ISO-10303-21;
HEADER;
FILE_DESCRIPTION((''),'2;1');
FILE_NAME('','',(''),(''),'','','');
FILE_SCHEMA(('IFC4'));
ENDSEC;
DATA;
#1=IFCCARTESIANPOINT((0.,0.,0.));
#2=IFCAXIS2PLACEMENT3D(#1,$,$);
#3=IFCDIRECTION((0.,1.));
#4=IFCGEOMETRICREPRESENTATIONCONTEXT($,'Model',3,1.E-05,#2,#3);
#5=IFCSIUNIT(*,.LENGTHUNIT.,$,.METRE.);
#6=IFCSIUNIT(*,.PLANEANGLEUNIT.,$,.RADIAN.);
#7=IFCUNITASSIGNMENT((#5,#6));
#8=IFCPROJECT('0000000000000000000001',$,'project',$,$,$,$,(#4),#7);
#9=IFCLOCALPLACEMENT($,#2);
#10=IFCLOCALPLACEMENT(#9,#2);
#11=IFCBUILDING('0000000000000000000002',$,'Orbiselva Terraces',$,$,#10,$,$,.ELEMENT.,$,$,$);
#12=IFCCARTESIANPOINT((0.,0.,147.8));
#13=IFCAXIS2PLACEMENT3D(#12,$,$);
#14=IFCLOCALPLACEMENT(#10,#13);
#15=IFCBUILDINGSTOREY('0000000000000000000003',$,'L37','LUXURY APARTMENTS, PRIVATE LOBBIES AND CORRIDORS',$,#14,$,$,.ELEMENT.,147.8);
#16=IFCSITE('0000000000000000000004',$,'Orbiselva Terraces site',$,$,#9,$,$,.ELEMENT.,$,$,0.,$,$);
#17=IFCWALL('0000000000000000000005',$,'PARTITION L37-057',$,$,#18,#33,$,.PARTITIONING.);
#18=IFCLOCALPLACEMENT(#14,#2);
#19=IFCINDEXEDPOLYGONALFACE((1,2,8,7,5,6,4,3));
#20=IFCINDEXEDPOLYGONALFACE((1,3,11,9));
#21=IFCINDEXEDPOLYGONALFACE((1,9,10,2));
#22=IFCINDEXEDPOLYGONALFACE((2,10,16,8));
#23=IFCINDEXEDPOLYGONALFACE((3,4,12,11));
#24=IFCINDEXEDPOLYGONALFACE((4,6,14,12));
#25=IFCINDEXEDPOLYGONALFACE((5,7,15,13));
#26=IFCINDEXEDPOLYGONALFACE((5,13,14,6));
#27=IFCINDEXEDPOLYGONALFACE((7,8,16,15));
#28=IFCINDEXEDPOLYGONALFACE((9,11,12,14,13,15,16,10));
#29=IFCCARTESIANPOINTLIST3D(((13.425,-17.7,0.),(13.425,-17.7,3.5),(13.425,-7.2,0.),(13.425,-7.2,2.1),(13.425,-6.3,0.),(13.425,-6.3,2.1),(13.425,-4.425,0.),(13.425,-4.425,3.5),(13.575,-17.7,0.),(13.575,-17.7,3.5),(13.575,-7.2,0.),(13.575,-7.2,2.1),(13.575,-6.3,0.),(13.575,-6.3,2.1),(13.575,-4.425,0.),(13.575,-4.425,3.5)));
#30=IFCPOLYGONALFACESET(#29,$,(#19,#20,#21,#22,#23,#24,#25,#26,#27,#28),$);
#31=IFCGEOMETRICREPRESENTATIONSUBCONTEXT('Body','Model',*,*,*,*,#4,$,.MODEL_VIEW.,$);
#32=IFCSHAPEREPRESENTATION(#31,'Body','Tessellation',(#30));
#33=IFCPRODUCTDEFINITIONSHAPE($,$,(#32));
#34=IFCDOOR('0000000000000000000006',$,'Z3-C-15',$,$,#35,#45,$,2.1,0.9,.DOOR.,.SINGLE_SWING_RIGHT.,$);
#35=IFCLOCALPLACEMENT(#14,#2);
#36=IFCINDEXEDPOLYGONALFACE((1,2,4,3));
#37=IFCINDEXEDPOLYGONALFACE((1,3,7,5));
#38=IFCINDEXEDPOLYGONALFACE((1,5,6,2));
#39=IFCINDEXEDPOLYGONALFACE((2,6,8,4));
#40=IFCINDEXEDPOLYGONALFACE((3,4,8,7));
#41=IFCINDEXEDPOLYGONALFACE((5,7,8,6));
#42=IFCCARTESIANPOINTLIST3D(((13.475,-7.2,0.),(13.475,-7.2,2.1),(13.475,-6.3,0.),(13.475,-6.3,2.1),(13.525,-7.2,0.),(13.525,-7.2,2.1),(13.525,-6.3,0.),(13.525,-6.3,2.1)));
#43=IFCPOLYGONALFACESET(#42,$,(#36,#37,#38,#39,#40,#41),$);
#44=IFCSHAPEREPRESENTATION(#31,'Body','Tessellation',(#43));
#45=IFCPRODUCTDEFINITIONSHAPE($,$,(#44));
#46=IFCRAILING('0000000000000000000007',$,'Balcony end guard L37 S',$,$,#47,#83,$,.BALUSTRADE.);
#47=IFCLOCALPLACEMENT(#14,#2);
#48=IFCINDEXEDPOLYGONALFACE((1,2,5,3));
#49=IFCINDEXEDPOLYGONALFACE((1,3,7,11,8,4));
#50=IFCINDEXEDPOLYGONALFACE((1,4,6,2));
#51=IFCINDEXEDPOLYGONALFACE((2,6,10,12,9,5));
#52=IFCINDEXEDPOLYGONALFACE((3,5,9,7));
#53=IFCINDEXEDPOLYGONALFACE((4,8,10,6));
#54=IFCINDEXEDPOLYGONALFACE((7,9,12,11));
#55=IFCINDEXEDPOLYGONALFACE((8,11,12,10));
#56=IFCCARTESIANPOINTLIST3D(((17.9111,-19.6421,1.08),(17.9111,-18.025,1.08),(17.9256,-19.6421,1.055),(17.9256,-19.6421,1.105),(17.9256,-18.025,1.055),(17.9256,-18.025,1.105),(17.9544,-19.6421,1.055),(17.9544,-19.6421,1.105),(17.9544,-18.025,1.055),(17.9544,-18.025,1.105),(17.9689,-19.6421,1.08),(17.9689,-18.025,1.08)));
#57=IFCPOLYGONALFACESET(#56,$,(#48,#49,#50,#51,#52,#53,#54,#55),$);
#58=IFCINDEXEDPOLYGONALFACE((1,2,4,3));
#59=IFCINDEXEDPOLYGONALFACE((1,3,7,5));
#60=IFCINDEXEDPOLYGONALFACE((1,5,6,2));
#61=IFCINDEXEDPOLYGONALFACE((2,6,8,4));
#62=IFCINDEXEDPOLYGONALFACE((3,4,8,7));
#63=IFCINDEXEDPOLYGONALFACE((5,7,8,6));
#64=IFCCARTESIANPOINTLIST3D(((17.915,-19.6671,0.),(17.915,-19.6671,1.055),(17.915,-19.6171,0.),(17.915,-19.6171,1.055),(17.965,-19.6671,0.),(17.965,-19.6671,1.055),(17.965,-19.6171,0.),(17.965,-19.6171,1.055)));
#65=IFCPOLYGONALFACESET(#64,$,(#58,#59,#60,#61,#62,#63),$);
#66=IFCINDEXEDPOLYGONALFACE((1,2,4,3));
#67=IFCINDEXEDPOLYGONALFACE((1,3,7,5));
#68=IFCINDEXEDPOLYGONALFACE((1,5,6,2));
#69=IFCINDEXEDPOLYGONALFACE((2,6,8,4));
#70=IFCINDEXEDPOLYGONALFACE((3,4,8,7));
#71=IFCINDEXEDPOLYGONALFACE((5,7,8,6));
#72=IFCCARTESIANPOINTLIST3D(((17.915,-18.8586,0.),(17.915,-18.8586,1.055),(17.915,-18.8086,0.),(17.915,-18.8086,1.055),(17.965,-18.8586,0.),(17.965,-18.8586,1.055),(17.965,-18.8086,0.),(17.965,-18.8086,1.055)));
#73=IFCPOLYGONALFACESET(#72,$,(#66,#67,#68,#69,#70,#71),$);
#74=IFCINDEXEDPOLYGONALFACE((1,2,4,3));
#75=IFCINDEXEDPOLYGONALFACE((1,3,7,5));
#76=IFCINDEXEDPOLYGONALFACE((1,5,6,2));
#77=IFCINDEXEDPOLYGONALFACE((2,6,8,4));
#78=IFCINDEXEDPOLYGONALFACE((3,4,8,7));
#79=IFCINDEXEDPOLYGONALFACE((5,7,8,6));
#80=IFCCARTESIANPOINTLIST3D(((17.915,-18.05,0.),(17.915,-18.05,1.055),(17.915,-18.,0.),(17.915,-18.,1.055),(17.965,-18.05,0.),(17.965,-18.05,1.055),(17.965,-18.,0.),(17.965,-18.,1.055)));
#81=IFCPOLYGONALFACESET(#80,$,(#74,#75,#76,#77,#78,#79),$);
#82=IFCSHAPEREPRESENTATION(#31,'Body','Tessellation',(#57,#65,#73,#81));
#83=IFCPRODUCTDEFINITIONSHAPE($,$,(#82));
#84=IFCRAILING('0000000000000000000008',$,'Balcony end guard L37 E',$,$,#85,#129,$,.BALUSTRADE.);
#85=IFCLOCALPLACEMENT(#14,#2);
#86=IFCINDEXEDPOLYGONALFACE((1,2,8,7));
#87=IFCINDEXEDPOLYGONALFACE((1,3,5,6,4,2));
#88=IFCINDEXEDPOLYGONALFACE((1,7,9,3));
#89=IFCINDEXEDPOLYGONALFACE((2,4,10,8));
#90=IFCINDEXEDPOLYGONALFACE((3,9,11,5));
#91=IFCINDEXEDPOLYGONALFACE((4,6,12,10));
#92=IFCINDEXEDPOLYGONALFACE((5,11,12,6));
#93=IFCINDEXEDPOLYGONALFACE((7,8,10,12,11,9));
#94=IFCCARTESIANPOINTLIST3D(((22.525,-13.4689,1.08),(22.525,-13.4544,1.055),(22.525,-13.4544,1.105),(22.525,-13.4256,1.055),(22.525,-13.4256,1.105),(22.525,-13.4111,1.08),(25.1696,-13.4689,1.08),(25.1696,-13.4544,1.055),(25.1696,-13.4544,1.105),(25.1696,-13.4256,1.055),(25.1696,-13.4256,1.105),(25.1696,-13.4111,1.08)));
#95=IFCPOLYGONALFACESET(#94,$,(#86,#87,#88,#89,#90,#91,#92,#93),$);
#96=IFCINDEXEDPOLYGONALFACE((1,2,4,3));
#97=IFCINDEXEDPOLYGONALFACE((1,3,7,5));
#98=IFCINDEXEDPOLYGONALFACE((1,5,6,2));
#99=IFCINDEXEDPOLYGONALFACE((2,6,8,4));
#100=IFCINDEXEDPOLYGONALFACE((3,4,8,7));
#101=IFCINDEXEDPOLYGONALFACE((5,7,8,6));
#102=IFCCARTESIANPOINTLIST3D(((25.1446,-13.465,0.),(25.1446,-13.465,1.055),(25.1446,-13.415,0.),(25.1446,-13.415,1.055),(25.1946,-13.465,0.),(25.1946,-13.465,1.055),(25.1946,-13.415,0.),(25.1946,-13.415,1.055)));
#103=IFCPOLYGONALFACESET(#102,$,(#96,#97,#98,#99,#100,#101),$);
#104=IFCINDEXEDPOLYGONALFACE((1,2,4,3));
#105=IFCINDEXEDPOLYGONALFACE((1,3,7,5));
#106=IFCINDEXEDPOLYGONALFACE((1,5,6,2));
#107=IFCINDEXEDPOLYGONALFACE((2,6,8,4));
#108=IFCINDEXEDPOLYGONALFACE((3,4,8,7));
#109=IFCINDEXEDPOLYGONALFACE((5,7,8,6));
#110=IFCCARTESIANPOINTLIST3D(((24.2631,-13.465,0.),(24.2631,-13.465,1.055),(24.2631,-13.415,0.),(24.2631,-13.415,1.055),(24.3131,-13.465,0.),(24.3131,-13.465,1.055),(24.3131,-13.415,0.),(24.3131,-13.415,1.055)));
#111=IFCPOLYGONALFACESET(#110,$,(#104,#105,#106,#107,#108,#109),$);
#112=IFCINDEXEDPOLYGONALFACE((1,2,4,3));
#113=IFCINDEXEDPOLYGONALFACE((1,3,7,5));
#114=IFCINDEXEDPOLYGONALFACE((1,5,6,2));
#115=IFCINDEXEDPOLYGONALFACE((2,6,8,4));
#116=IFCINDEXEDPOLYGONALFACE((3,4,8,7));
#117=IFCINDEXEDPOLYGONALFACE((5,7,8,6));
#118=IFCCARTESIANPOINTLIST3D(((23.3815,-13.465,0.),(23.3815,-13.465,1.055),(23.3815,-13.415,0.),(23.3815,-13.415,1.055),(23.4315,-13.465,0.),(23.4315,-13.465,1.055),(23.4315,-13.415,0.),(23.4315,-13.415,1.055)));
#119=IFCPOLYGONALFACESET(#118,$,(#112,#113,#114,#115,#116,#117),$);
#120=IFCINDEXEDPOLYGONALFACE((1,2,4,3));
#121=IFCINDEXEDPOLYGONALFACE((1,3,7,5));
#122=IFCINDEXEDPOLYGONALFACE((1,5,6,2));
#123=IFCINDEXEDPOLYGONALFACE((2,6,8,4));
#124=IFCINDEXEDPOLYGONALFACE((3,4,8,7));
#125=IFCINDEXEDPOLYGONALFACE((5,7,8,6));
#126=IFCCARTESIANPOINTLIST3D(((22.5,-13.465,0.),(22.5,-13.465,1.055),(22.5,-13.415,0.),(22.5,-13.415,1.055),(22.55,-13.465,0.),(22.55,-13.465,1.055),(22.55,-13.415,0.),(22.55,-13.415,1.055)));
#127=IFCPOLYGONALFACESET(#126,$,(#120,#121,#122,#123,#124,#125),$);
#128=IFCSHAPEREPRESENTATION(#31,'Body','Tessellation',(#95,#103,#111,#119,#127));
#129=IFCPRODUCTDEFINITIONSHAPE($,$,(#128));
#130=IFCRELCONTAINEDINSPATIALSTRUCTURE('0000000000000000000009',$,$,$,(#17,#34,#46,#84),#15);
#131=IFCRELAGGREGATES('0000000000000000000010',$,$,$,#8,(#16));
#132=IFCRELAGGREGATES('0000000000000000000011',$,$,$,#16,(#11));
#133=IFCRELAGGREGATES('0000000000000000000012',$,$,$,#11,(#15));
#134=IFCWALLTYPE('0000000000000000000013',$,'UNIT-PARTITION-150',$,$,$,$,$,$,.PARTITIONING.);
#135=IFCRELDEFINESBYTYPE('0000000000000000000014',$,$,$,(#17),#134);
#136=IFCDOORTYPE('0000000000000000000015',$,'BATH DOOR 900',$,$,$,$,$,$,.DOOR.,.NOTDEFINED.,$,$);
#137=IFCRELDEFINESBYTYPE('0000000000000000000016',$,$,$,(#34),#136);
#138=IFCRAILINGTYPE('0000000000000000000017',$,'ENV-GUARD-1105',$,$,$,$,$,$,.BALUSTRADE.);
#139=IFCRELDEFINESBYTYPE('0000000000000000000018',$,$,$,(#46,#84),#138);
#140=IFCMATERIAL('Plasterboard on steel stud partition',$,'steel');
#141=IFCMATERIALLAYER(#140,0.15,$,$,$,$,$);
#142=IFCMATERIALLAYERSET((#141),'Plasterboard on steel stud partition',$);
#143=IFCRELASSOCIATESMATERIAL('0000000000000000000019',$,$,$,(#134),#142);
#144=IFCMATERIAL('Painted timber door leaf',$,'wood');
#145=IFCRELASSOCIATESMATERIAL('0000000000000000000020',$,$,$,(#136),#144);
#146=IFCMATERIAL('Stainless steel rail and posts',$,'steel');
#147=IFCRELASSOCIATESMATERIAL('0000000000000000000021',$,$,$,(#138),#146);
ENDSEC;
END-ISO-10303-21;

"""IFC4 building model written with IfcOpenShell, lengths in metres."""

from ifc_helpers import new_model, si_unit, direction, frame, frame_2d, origin, origin_2d, place, context, subcontext, project, spatial, polyline, rectangle, outline, extrude, material, layer, layer_set, type_object, element, fill, save


model = new_model("IFC4")

# Units and contexts
model_context = context("Model", 3, precision=1e-05, world=origin(), true_north=direction((0.0, 1.0)))
body_context = subcontext(model_context, "Body", "Model", "MODEL_VIEW")
ifc_project = project(units=[si_unit("LENGTHUNIT", "METRE"), si_unit("PLANEANGLEUNIT", "RADIAN")], contexts=[model_context])

# Site, building, storey
site_placement = place(None, origin())
site = spatial("IfcSite", under=ifc_project, at=site_placement, Name="Orbiselva Terraces site", CompositionType="ELEMENT", RefElevation=0.0)
building_placement = place(site_placement, origin())
building = spatial("IfcBuilding", under=site, at=building_placement, Name="Orbiselva Terraces", CompositionType="ELEMENT")
storey_placement = place(building_placement, frame((0.0, 0.0, 147.8)))
storey = spatial("IfcBuildingStorey", under=building, at=storey_placement, Name="L37", Description="LUXURY APARTMENTS, PRIVATE LOBBIES AND CORRIDORS", CompositionType="ELEMENT", Elevation=147.8)

# Shared definitions
ifc_material_1 = material(Name="Plasterboard on steel stud partition", Category="steel")
ifc_layer_1 = layer(ifc_material_1, 0.15)
ifc_layer_set_1 = layer_set([ifc_layer_1], Name="Plasterboard on steel stud partition")
wall_type_1 = type_object("IfcWallType", Name="UNIT-PARTITION-150", PredefinedType="PARTITIONING", material=ifc_layer_set_1)

# Wall, opening, door
wall_1_placement = place(storey_placement, frame((13.5, -17.7, 0.0), z_axis=(0.0, 0.0, 1.0), x_axis=(0.0, 1.0, 0.0)))
wall_1 = element("IfcWall", 1, at=wall_1_placement, inside=storey, type_object=wall_type_1, Name="PARTITION L37-057", PredefinedType="PARTITIONING", context=body_context, shape_type="SweptSolid", body=[
    extrude(rectangle(XDim=13.275, YDim=0.15, at=frame_2d((6.6375, 0.0))), origin(), (0.0, 0.0, 1.0), 3.5),
])
opening_1_placement = place(wall_1_placement, frame((10.5, 0.0, 0.0)))
opening_1 = element("IfcOpeningElement", 2, at=opening_1_placement, cuts=wall_1, PredefinedType="OPENING", context=body_context, shape_type="SweptSolid", body=[
    extrude(rectangle(XDim=0.9, YDim=2.1, at=frame_2d((0.45, 1.05))), frame((0.0, 0.085, 0.0), z_axis=(0.0, -1.0, 0.0), x_axis=(1.0, 0.0, 0.0)), (0.0, 0.0, 1.0), 0.17),
])
ifc_material_2 = material(Name="Painted timber door leaf", Category="wood")
door_type_1 = type_object("IfcDoorType", Name="BATH DOOR 900", OperationType="NOTDEFINED", PredefinedType="DOOR", material=ifc_material_2)
door_1_placement = place(opening_1_placement, origin())
door_1 = element("IfcDoor", 3, at=door_1_placement, inside=storey, type_object=door_type_1, Name="Z3-C-15", OperationType="SINGLE_SWING_RIGHT", OverallHeight=2.1, OverallWidth=0.9, PredefinedType="DOOR", context=body_context, shape_type="SweptSolid", body=[
    extrude(rectangle(XDim=0.9, YDim=2.1, at=frame_2d((0.45, 1.05))), frame((0.0, 0.025, 0.0), z_axis=(0.0, -1.0, 0.0), x_axis=(1.0, 0.0, 0.0)), (0.0, 0.0, 1.0), 0.05),
])
fill(opening_1, door_1)

# Railings
ifc_material_3 = material(Name="Stainless steel rail and posts", Category="steel")
railing_type_1 = type_object("IfcRailingType", Name="ENV-GUARD-1105", PredefinedType="BALUSTRADE", material=ifc_material_3)
railing_1_placement = place(storey_placement, frame((17.94, -19.6421, 0.0)))
element("IfcRailing", 4, at=railing_1_placement, inside=storey, type_object=railing_type_1, Name="Balcony end guard L37 S", PredefinedType="BALUSTRADE", context=body_context, shape_type="SweptSolid", body=[
    extrude(outline(polyline([(0.0289, 0.0), (0.0144, 0.025), (-0.0144, 0.025), (-0.0289, 0.0), (-0.0144, -0.025), (0.0144, -0.025), (0.0289, 0.0)])), frame((0.0, 0.0, 1.08), z_axis=(0.0, 1.0, 0.0), x_axis=(-1.0, 0.0, 0.0)), (0.0, 0.0, 1.0), 1.6171),
    extrude(rectangle(XDim=0.05, YDim=0.05, at=origin_2d()), origin(), (0.0, 0.0, 1.0), 1.055),
    extrude(rectangle(XDim=0.05, YDim=0.05, at=origin_2d()), frame((0.0, 0.8086, 0.0)), (0.0, 0.0, 1.0), 1.055),
    extrude(rectangle(XDim=0.05, YDim=0.05, at=origin_2d()), frame((0.0, 1.6171, 0.0)), (0.0, 0.0, 1.0), 1.055),
])
railing_2_placement = place(storey_placement, frame((25.1696, -13.44, 0.0)))
element("IfcRailing", 5, at=railing_2_placement, inside=storey, type_object=railing_type_1, Name="Balcony end guard L37 E", PredefinedType="BALUSTRADE", context=body_context, shape_type="SweptSolid", body=[
    extrude(outline(polyline([(0.0289, 0.0), (0.0144, 0.025), (-0.0144, 0.025), (-0.0289, 0.0), (-0.0144, -0.025), (0.0144, -0.025), (0.0289, 0.0)])), frame((0.0, 0.0, 1.08), z_axis=(-1.0, 0.0, 0.0), x_axis=(0.0, -1.0, 0.0)), (0.0, 0.0, 1.0), 2.6446),
    extrude(rectangle(XDim=0.05, YDim=0.05, at=origin_2d()), origin(), (0.0, 0.0, 1.0), 1.055),
    extrude(rectangle(XDim=0.05, YDim=0.05, at=origin_2d()), frame((-0.8815, 0.0, 0.0)), (0.0, 0.0, 1.0), 1.055),
    extrude(rectangle(XDim=0.05, YDim=0.05, at=origin_2d()), frame((-1.7631, 0.0, 0.0)), (0.0, 0.0, 1.0), 1.055),
    extrude(rectangle(XDim=0.05, YDim=0.05, at=origin_2d()), frame((-2.6446, 0.0, 0.0)), (0.0, 0.0, 1.0), 1.055),
])

save(model, "model.ifc")
